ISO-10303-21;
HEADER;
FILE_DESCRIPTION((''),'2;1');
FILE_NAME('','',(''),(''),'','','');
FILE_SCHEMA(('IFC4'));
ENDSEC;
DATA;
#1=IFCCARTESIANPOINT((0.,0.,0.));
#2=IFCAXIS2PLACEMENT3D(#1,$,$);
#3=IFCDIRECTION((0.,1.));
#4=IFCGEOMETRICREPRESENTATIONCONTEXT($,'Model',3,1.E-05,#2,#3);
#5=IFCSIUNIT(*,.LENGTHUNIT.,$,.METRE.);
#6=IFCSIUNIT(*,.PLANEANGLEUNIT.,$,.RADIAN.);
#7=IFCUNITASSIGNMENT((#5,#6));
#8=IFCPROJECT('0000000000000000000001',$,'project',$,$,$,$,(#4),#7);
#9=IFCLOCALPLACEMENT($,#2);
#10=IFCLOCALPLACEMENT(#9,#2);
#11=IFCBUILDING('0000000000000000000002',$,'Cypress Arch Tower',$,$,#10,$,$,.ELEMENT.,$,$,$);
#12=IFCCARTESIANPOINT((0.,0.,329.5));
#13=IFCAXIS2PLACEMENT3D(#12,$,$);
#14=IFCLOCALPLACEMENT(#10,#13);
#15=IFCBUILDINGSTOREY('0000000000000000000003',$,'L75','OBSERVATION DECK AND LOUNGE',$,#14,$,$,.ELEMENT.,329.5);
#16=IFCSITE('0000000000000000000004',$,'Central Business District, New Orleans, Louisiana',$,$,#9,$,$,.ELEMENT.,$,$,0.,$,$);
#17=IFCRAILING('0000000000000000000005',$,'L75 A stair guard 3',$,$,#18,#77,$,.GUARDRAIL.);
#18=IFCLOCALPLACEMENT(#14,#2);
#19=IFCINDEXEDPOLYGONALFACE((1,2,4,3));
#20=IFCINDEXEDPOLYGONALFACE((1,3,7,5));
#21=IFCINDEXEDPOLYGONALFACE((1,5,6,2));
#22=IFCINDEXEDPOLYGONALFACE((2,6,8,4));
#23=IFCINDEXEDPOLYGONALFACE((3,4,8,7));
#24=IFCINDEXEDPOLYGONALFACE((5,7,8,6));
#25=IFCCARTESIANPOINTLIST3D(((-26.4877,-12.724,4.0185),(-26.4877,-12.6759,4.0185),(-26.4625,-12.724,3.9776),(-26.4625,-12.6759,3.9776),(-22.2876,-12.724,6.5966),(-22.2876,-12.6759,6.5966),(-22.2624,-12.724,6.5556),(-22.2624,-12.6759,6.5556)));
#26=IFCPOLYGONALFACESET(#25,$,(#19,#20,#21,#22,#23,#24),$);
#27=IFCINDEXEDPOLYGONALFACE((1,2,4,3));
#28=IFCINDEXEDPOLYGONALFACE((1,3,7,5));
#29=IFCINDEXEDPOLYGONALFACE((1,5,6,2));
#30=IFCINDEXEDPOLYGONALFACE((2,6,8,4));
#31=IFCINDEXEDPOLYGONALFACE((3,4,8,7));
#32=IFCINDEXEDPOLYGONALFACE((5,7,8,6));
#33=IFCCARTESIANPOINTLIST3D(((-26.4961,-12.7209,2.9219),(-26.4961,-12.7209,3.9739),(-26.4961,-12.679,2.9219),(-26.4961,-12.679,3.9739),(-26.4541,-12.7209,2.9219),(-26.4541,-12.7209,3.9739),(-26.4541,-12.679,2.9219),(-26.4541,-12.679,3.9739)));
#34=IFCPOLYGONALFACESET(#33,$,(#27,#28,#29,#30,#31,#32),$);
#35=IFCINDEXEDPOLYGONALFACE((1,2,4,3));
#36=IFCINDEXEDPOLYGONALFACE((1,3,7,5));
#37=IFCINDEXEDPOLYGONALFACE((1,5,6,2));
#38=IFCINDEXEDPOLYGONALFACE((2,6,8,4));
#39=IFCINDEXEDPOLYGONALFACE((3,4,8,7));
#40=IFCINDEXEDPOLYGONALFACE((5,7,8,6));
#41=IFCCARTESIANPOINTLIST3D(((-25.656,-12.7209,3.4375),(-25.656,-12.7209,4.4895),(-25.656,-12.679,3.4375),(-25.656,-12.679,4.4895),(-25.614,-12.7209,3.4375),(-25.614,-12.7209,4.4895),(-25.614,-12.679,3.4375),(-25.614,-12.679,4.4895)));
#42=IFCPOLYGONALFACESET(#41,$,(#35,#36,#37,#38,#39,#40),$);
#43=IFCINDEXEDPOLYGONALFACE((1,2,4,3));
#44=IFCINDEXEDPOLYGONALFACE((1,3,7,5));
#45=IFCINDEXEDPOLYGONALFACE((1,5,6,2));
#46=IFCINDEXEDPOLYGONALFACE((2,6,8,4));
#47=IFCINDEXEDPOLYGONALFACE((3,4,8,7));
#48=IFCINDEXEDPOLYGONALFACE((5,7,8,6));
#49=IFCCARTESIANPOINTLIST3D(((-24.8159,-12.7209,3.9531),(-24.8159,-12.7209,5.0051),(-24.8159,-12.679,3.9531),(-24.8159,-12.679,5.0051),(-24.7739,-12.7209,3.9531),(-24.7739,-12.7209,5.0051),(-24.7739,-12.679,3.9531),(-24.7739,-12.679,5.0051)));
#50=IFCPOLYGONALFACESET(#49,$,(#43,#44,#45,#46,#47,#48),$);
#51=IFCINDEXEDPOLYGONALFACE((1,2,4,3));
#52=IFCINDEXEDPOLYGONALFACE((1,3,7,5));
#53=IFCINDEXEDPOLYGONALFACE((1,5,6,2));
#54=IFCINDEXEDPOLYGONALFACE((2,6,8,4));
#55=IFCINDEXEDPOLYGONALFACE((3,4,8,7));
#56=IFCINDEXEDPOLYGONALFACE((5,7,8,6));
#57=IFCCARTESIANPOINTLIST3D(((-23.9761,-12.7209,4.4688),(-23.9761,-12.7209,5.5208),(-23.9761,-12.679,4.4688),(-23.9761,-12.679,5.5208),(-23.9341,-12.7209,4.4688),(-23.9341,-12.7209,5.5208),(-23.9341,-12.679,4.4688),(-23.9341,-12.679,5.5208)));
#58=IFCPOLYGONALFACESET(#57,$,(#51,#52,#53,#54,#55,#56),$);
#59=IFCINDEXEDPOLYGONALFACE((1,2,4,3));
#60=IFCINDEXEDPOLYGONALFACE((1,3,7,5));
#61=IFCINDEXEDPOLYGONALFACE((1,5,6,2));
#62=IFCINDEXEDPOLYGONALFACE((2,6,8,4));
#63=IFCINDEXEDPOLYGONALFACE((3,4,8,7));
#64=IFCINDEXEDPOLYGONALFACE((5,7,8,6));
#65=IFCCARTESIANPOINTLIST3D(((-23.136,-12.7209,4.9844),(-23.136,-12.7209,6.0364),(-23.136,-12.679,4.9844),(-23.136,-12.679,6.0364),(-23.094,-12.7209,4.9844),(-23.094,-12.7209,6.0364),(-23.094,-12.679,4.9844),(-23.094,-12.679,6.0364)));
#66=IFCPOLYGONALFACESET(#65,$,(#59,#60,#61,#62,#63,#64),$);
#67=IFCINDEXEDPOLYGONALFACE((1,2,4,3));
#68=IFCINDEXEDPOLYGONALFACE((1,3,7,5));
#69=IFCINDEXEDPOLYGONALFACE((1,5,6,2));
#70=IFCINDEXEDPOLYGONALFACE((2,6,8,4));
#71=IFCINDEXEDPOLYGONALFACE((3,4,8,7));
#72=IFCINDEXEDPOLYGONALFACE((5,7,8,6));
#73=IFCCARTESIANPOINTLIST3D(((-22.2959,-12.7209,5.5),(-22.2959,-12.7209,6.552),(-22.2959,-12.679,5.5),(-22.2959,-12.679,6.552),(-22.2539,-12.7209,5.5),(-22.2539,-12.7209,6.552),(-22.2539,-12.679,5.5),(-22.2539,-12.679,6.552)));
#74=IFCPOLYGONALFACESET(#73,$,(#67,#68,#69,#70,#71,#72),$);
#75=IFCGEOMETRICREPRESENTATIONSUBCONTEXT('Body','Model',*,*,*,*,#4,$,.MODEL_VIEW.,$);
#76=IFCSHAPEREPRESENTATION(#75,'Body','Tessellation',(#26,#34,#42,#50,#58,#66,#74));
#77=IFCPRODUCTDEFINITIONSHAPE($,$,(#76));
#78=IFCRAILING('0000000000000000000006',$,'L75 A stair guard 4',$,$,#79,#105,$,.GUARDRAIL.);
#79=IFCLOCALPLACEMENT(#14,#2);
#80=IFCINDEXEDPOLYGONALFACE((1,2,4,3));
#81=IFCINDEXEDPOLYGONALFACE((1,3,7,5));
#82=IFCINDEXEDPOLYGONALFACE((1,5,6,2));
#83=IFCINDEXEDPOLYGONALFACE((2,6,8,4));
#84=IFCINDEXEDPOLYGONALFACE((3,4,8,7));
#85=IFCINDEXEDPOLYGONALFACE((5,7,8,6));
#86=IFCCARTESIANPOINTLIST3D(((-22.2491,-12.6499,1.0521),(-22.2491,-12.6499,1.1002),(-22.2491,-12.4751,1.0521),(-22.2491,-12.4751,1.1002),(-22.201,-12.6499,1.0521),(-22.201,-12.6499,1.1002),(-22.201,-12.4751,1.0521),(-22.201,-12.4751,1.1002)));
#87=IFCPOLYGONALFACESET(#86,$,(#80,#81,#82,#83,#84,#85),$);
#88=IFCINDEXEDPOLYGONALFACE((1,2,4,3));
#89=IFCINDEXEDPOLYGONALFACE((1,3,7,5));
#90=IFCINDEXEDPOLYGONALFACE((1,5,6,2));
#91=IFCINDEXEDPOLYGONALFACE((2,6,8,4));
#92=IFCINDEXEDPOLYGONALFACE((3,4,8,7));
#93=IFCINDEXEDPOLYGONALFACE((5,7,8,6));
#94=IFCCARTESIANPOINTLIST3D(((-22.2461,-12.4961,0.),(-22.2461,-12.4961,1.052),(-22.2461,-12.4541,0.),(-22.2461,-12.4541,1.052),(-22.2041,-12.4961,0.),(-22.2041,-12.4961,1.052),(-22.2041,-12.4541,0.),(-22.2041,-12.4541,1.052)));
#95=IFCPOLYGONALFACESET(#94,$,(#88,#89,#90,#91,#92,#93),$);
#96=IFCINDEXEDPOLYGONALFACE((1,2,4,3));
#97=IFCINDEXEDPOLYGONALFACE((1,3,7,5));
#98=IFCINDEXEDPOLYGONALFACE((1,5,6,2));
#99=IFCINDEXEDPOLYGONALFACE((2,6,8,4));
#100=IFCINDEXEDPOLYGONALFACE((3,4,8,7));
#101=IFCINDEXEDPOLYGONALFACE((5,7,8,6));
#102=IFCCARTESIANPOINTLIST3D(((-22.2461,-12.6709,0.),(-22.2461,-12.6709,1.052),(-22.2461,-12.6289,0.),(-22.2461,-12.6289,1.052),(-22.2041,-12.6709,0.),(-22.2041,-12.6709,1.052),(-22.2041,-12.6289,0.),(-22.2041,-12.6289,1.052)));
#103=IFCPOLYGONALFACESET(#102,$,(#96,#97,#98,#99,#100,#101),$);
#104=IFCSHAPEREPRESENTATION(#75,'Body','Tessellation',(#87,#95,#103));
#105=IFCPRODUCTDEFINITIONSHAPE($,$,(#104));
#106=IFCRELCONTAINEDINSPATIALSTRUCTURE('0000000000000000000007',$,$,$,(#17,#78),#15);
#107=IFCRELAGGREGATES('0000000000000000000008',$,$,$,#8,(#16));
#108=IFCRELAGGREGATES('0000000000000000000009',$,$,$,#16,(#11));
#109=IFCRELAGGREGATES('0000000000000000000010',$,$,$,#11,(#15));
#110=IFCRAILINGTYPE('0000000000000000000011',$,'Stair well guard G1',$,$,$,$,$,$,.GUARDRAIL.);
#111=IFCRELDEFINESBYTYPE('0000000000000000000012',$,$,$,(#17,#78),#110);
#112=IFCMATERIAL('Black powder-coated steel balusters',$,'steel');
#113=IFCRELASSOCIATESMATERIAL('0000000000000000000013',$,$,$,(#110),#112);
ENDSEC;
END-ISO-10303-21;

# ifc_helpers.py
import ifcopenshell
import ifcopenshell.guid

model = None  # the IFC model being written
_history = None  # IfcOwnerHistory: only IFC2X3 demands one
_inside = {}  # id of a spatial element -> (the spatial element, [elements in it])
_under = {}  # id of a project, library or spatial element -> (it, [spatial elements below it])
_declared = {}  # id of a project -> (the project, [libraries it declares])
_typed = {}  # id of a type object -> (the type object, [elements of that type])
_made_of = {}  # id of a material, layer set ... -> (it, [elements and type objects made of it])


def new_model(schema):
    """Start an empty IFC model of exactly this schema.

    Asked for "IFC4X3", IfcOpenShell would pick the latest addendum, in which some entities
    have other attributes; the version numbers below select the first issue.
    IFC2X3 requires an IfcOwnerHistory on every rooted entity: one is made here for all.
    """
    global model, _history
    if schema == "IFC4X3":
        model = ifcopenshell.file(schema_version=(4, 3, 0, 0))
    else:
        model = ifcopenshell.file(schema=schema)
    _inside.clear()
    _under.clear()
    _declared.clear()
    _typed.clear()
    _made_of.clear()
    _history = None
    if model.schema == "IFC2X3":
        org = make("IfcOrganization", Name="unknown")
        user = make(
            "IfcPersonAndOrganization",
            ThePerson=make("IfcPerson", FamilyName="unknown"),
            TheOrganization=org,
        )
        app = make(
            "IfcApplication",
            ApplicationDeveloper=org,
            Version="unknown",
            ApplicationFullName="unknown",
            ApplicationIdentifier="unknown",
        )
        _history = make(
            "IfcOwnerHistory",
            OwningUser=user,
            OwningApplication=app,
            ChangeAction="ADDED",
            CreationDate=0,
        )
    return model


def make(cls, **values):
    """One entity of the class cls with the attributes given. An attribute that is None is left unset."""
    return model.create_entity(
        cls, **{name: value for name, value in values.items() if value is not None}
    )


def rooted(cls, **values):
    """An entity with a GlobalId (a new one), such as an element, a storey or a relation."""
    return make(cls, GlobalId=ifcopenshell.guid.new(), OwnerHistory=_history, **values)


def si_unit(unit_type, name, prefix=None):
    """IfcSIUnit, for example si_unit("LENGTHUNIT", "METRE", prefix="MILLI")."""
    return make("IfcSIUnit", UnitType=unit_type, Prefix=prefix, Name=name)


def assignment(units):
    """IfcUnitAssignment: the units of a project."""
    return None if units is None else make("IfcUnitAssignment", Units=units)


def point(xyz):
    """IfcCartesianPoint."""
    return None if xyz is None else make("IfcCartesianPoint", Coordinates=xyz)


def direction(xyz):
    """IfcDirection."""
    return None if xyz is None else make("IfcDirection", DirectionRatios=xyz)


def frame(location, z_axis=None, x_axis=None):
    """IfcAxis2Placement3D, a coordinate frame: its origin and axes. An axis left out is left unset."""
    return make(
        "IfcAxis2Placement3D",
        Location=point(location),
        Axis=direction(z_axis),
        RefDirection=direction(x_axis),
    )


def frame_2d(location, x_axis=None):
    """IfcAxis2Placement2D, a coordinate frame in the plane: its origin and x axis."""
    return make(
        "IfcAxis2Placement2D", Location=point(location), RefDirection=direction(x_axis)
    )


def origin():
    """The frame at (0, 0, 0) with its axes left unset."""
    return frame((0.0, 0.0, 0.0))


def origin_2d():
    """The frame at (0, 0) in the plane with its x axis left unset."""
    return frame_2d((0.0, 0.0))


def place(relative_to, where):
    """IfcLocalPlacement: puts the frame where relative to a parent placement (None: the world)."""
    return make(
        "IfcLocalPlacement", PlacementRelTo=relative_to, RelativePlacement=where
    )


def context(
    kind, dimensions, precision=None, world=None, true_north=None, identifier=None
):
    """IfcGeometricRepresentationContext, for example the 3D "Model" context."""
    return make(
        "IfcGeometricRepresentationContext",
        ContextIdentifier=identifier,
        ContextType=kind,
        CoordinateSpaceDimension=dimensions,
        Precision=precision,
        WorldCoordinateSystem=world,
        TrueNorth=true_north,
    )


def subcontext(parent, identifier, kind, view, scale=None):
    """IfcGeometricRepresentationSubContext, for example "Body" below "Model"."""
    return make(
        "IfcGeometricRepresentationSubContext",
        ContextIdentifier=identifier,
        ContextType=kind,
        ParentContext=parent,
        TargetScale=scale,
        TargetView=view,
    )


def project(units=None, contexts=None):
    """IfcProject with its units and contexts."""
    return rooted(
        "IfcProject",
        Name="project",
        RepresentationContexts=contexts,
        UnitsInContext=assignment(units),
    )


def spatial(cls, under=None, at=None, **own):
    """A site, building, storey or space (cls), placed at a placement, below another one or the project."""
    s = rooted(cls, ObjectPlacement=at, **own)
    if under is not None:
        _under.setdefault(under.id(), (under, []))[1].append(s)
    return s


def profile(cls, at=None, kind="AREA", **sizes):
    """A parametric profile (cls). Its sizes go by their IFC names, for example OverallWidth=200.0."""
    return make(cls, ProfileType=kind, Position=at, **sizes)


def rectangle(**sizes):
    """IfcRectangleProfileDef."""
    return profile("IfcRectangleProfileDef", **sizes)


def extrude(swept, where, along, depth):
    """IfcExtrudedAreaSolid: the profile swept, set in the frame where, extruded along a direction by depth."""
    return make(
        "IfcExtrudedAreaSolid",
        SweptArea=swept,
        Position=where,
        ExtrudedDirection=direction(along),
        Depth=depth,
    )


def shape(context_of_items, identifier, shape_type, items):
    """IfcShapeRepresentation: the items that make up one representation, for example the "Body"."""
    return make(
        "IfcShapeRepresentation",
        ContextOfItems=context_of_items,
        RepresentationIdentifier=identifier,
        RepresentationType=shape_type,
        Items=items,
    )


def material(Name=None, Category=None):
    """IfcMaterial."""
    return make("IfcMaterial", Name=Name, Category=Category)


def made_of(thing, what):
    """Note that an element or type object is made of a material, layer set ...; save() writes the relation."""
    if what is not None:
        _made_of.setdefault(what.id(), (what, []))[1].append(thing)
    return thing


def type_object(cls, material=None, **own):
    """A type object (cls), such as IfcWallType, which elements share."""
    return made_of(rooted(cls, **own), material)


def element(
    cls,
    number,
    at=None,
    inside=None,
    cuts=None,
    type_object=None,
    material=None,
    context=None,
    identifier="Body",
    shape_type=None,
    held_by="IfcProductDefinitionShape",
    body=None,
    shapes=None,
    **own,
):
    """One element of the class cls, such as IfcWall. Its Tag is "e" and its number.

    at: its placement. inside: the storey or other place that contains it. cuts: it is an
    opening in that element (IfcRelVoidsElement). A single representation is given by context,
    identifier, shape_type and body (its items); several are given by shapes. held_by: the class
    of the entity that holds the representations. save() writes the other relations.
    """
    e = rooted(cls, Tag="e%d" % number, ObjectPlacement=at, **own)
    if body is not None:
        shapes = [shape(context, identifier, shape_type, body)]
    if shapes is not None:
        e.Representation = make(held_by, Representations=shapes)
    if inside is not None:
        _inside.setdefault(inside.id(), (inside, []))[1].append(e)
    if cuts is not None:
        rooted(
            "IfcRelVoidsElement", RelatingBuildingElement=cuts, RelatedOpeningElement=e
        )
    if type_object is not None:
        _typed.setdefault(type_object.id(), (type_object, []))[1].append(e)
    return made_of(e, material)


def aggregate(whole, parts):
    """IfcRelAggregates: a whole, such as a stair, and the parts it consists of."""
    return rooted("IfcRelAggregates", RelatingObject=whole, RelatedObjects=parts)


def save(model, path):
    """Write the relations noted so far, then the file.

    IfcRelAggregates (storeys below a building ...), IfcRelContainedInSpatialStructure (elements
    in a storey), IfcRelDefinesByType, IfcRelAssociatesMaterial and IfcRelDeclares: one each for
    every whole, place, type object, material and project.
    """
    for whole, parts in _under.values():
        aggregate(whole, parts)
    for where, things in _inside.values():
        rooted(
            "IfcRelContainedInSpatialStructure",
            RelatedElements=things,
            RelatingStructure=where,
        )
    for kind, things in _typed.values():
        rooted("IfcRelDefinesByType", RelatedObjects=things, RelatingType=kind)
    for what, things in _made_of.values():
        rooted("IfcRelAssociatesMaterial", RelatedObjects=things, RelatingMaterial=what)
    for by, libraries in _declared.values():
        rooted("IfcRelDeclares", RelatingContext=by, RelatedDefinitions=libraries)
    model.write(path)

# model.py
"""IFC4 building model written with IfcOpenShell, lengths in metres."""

from ifc_helpers import new_model, si_unit, direction, frame, origin, origin_2d, place, context, subcontext, project, spatial, rectangle, extrude, material, type_object, element, save


model = new_model("IFC4")

# Units and contexts
model_context = context("Model", 3, precision=1e-05, world=origin(), true_north=direction((0.0, 1.0)))
body_context = subcontext(model_context, "Body", "Model", "MODEL_VIEW")
ifc_project = project(units=[si_unit("LENGTHUNIT", "METRE"), si_unit("PLANEANGLEUNIT", "RADIAN")], contexts=[model_context])

# Site, building, storey
site_placement = place(None, origin())
site = spatial("IfcSite", under=ifc_project, at=site_placement, Name="Central Business District, New Orleans, Louisiana", CompositionType="ELEMENT", RefElevation=0.0)
building_placement = place(site_placement, origin())
building = spatial("IfcBuilding", under=site, at=building_placement, Name="Cypress Arch Tower", CompositionType="ELEMENT")
storey_placement = place(building_placement, frame((0.0, 0.0, 329.5)))
storey = spatial("IfcBuildingStorey", under=building, at=storey_placement, Name="L75", Description="OBSERVATION DECK AND LOUNGE", CompositionType="ELEMENT", Elevation=329.5)

# Railings
ifc_material_1 = material(Name="Black powder-coated steel balusters", Category="steel")
railing_type_1 = type_object("IfcRailingType", Name="Stair well guard G1", PredefinedType="GUARDRAIL", material=ifc_material_1)
railing_1_placement = place(storey_placement, frame((-26.4751, -12.7, 2.9219)))
element("IfcRailing", 1, at=railing_1_placement, inside=storey, type_object=railing_type_1, Name="L75 A stair guard 3", PredefinedType="GUARDRAIL", context=body_context, shape_type="SweptSolid", body=[
    extrude(rectangle(XDim=0.0481, YDim=0.0481, at=origin_2d()), frame((0.0, 0.0, 1.0762), z_axis=(0.852256, 0.0, 0.523124), x_axis=(0.0, 1.0, 0.0)), (0.0, 0.0, 1.0), 4.9282),
    extrude(rectangle(XDim=0.042, YDim=0.042, at=origin_2d()), origin(), (0.0, 0.0, 1.0), 1.052),
    extrude(rectangle(XDim=0.042, YDim=0.042, at=origin_2d()), frame((0.8401, 0.0, 0.5156)), (0.0, 0.0, 1.0), 1.052),
    extrude(rectangle(XDim=0.042, YDim=0.042, at=origin_2d()), frame((1.6802, 0.0, 1.0312)), (0.0, 0.0, 1.0), 1.052),
    extrude(rectangle(XDim=0.042, YDim=0.042, at=origin_2d()), frame((2.52, 0.0, 1.5469)), (0.0, 0.0, 1.0), 1.052),
    extrude(rectangle(XDim=0.042, YDim=0.042, at=origin_2d()), frame((3.3601, 0.0, 2.0625)), (0.0, 0.0, 1.0), 1.052),
    extrude(rectangle(XDim=0.042, YDim=0.042, at=origin_2d()), frame((4.2002, 0.0, 2.5781)), (0.0, 0.0, 1.0), 1.052),
])
railing_2_placement = place(storey_placement, frame((-22.2251, -12.4751, 0.0)))
element("IfcRailing", 2, at=railing_2_placement, inside=storey, type_object=railing_type_1, Name="L75 A stair guard 4", PredefinedType="GUARDRAIL", context=body_context, shape_type="SweptSolid", body=[
    extrude(rectangle(XDim=0.0481, YDim=0.0481, at=origin_2d()), frame((0.0, 0.0, 1.0762), z_axis=(0.0, -1.0, 0.0), x_axis=(1.0, 0.0, 0.0)), (0.0, 0.0, 1.0), 0.1748),
    extrude(rectangle(XDim=0.042, YDim=0.042, at=origin_2d()), origin(), (0.0, 0.0, 1.0), 1.052),
    extrude(rectangle(XDim=0.042, YDim=0.042, at=origin_2d()), frame((0.0, -0.1748, 0.0)), (0.0, 0.0, 1.0), 1.052),
])

save(model, "model.ifc")
